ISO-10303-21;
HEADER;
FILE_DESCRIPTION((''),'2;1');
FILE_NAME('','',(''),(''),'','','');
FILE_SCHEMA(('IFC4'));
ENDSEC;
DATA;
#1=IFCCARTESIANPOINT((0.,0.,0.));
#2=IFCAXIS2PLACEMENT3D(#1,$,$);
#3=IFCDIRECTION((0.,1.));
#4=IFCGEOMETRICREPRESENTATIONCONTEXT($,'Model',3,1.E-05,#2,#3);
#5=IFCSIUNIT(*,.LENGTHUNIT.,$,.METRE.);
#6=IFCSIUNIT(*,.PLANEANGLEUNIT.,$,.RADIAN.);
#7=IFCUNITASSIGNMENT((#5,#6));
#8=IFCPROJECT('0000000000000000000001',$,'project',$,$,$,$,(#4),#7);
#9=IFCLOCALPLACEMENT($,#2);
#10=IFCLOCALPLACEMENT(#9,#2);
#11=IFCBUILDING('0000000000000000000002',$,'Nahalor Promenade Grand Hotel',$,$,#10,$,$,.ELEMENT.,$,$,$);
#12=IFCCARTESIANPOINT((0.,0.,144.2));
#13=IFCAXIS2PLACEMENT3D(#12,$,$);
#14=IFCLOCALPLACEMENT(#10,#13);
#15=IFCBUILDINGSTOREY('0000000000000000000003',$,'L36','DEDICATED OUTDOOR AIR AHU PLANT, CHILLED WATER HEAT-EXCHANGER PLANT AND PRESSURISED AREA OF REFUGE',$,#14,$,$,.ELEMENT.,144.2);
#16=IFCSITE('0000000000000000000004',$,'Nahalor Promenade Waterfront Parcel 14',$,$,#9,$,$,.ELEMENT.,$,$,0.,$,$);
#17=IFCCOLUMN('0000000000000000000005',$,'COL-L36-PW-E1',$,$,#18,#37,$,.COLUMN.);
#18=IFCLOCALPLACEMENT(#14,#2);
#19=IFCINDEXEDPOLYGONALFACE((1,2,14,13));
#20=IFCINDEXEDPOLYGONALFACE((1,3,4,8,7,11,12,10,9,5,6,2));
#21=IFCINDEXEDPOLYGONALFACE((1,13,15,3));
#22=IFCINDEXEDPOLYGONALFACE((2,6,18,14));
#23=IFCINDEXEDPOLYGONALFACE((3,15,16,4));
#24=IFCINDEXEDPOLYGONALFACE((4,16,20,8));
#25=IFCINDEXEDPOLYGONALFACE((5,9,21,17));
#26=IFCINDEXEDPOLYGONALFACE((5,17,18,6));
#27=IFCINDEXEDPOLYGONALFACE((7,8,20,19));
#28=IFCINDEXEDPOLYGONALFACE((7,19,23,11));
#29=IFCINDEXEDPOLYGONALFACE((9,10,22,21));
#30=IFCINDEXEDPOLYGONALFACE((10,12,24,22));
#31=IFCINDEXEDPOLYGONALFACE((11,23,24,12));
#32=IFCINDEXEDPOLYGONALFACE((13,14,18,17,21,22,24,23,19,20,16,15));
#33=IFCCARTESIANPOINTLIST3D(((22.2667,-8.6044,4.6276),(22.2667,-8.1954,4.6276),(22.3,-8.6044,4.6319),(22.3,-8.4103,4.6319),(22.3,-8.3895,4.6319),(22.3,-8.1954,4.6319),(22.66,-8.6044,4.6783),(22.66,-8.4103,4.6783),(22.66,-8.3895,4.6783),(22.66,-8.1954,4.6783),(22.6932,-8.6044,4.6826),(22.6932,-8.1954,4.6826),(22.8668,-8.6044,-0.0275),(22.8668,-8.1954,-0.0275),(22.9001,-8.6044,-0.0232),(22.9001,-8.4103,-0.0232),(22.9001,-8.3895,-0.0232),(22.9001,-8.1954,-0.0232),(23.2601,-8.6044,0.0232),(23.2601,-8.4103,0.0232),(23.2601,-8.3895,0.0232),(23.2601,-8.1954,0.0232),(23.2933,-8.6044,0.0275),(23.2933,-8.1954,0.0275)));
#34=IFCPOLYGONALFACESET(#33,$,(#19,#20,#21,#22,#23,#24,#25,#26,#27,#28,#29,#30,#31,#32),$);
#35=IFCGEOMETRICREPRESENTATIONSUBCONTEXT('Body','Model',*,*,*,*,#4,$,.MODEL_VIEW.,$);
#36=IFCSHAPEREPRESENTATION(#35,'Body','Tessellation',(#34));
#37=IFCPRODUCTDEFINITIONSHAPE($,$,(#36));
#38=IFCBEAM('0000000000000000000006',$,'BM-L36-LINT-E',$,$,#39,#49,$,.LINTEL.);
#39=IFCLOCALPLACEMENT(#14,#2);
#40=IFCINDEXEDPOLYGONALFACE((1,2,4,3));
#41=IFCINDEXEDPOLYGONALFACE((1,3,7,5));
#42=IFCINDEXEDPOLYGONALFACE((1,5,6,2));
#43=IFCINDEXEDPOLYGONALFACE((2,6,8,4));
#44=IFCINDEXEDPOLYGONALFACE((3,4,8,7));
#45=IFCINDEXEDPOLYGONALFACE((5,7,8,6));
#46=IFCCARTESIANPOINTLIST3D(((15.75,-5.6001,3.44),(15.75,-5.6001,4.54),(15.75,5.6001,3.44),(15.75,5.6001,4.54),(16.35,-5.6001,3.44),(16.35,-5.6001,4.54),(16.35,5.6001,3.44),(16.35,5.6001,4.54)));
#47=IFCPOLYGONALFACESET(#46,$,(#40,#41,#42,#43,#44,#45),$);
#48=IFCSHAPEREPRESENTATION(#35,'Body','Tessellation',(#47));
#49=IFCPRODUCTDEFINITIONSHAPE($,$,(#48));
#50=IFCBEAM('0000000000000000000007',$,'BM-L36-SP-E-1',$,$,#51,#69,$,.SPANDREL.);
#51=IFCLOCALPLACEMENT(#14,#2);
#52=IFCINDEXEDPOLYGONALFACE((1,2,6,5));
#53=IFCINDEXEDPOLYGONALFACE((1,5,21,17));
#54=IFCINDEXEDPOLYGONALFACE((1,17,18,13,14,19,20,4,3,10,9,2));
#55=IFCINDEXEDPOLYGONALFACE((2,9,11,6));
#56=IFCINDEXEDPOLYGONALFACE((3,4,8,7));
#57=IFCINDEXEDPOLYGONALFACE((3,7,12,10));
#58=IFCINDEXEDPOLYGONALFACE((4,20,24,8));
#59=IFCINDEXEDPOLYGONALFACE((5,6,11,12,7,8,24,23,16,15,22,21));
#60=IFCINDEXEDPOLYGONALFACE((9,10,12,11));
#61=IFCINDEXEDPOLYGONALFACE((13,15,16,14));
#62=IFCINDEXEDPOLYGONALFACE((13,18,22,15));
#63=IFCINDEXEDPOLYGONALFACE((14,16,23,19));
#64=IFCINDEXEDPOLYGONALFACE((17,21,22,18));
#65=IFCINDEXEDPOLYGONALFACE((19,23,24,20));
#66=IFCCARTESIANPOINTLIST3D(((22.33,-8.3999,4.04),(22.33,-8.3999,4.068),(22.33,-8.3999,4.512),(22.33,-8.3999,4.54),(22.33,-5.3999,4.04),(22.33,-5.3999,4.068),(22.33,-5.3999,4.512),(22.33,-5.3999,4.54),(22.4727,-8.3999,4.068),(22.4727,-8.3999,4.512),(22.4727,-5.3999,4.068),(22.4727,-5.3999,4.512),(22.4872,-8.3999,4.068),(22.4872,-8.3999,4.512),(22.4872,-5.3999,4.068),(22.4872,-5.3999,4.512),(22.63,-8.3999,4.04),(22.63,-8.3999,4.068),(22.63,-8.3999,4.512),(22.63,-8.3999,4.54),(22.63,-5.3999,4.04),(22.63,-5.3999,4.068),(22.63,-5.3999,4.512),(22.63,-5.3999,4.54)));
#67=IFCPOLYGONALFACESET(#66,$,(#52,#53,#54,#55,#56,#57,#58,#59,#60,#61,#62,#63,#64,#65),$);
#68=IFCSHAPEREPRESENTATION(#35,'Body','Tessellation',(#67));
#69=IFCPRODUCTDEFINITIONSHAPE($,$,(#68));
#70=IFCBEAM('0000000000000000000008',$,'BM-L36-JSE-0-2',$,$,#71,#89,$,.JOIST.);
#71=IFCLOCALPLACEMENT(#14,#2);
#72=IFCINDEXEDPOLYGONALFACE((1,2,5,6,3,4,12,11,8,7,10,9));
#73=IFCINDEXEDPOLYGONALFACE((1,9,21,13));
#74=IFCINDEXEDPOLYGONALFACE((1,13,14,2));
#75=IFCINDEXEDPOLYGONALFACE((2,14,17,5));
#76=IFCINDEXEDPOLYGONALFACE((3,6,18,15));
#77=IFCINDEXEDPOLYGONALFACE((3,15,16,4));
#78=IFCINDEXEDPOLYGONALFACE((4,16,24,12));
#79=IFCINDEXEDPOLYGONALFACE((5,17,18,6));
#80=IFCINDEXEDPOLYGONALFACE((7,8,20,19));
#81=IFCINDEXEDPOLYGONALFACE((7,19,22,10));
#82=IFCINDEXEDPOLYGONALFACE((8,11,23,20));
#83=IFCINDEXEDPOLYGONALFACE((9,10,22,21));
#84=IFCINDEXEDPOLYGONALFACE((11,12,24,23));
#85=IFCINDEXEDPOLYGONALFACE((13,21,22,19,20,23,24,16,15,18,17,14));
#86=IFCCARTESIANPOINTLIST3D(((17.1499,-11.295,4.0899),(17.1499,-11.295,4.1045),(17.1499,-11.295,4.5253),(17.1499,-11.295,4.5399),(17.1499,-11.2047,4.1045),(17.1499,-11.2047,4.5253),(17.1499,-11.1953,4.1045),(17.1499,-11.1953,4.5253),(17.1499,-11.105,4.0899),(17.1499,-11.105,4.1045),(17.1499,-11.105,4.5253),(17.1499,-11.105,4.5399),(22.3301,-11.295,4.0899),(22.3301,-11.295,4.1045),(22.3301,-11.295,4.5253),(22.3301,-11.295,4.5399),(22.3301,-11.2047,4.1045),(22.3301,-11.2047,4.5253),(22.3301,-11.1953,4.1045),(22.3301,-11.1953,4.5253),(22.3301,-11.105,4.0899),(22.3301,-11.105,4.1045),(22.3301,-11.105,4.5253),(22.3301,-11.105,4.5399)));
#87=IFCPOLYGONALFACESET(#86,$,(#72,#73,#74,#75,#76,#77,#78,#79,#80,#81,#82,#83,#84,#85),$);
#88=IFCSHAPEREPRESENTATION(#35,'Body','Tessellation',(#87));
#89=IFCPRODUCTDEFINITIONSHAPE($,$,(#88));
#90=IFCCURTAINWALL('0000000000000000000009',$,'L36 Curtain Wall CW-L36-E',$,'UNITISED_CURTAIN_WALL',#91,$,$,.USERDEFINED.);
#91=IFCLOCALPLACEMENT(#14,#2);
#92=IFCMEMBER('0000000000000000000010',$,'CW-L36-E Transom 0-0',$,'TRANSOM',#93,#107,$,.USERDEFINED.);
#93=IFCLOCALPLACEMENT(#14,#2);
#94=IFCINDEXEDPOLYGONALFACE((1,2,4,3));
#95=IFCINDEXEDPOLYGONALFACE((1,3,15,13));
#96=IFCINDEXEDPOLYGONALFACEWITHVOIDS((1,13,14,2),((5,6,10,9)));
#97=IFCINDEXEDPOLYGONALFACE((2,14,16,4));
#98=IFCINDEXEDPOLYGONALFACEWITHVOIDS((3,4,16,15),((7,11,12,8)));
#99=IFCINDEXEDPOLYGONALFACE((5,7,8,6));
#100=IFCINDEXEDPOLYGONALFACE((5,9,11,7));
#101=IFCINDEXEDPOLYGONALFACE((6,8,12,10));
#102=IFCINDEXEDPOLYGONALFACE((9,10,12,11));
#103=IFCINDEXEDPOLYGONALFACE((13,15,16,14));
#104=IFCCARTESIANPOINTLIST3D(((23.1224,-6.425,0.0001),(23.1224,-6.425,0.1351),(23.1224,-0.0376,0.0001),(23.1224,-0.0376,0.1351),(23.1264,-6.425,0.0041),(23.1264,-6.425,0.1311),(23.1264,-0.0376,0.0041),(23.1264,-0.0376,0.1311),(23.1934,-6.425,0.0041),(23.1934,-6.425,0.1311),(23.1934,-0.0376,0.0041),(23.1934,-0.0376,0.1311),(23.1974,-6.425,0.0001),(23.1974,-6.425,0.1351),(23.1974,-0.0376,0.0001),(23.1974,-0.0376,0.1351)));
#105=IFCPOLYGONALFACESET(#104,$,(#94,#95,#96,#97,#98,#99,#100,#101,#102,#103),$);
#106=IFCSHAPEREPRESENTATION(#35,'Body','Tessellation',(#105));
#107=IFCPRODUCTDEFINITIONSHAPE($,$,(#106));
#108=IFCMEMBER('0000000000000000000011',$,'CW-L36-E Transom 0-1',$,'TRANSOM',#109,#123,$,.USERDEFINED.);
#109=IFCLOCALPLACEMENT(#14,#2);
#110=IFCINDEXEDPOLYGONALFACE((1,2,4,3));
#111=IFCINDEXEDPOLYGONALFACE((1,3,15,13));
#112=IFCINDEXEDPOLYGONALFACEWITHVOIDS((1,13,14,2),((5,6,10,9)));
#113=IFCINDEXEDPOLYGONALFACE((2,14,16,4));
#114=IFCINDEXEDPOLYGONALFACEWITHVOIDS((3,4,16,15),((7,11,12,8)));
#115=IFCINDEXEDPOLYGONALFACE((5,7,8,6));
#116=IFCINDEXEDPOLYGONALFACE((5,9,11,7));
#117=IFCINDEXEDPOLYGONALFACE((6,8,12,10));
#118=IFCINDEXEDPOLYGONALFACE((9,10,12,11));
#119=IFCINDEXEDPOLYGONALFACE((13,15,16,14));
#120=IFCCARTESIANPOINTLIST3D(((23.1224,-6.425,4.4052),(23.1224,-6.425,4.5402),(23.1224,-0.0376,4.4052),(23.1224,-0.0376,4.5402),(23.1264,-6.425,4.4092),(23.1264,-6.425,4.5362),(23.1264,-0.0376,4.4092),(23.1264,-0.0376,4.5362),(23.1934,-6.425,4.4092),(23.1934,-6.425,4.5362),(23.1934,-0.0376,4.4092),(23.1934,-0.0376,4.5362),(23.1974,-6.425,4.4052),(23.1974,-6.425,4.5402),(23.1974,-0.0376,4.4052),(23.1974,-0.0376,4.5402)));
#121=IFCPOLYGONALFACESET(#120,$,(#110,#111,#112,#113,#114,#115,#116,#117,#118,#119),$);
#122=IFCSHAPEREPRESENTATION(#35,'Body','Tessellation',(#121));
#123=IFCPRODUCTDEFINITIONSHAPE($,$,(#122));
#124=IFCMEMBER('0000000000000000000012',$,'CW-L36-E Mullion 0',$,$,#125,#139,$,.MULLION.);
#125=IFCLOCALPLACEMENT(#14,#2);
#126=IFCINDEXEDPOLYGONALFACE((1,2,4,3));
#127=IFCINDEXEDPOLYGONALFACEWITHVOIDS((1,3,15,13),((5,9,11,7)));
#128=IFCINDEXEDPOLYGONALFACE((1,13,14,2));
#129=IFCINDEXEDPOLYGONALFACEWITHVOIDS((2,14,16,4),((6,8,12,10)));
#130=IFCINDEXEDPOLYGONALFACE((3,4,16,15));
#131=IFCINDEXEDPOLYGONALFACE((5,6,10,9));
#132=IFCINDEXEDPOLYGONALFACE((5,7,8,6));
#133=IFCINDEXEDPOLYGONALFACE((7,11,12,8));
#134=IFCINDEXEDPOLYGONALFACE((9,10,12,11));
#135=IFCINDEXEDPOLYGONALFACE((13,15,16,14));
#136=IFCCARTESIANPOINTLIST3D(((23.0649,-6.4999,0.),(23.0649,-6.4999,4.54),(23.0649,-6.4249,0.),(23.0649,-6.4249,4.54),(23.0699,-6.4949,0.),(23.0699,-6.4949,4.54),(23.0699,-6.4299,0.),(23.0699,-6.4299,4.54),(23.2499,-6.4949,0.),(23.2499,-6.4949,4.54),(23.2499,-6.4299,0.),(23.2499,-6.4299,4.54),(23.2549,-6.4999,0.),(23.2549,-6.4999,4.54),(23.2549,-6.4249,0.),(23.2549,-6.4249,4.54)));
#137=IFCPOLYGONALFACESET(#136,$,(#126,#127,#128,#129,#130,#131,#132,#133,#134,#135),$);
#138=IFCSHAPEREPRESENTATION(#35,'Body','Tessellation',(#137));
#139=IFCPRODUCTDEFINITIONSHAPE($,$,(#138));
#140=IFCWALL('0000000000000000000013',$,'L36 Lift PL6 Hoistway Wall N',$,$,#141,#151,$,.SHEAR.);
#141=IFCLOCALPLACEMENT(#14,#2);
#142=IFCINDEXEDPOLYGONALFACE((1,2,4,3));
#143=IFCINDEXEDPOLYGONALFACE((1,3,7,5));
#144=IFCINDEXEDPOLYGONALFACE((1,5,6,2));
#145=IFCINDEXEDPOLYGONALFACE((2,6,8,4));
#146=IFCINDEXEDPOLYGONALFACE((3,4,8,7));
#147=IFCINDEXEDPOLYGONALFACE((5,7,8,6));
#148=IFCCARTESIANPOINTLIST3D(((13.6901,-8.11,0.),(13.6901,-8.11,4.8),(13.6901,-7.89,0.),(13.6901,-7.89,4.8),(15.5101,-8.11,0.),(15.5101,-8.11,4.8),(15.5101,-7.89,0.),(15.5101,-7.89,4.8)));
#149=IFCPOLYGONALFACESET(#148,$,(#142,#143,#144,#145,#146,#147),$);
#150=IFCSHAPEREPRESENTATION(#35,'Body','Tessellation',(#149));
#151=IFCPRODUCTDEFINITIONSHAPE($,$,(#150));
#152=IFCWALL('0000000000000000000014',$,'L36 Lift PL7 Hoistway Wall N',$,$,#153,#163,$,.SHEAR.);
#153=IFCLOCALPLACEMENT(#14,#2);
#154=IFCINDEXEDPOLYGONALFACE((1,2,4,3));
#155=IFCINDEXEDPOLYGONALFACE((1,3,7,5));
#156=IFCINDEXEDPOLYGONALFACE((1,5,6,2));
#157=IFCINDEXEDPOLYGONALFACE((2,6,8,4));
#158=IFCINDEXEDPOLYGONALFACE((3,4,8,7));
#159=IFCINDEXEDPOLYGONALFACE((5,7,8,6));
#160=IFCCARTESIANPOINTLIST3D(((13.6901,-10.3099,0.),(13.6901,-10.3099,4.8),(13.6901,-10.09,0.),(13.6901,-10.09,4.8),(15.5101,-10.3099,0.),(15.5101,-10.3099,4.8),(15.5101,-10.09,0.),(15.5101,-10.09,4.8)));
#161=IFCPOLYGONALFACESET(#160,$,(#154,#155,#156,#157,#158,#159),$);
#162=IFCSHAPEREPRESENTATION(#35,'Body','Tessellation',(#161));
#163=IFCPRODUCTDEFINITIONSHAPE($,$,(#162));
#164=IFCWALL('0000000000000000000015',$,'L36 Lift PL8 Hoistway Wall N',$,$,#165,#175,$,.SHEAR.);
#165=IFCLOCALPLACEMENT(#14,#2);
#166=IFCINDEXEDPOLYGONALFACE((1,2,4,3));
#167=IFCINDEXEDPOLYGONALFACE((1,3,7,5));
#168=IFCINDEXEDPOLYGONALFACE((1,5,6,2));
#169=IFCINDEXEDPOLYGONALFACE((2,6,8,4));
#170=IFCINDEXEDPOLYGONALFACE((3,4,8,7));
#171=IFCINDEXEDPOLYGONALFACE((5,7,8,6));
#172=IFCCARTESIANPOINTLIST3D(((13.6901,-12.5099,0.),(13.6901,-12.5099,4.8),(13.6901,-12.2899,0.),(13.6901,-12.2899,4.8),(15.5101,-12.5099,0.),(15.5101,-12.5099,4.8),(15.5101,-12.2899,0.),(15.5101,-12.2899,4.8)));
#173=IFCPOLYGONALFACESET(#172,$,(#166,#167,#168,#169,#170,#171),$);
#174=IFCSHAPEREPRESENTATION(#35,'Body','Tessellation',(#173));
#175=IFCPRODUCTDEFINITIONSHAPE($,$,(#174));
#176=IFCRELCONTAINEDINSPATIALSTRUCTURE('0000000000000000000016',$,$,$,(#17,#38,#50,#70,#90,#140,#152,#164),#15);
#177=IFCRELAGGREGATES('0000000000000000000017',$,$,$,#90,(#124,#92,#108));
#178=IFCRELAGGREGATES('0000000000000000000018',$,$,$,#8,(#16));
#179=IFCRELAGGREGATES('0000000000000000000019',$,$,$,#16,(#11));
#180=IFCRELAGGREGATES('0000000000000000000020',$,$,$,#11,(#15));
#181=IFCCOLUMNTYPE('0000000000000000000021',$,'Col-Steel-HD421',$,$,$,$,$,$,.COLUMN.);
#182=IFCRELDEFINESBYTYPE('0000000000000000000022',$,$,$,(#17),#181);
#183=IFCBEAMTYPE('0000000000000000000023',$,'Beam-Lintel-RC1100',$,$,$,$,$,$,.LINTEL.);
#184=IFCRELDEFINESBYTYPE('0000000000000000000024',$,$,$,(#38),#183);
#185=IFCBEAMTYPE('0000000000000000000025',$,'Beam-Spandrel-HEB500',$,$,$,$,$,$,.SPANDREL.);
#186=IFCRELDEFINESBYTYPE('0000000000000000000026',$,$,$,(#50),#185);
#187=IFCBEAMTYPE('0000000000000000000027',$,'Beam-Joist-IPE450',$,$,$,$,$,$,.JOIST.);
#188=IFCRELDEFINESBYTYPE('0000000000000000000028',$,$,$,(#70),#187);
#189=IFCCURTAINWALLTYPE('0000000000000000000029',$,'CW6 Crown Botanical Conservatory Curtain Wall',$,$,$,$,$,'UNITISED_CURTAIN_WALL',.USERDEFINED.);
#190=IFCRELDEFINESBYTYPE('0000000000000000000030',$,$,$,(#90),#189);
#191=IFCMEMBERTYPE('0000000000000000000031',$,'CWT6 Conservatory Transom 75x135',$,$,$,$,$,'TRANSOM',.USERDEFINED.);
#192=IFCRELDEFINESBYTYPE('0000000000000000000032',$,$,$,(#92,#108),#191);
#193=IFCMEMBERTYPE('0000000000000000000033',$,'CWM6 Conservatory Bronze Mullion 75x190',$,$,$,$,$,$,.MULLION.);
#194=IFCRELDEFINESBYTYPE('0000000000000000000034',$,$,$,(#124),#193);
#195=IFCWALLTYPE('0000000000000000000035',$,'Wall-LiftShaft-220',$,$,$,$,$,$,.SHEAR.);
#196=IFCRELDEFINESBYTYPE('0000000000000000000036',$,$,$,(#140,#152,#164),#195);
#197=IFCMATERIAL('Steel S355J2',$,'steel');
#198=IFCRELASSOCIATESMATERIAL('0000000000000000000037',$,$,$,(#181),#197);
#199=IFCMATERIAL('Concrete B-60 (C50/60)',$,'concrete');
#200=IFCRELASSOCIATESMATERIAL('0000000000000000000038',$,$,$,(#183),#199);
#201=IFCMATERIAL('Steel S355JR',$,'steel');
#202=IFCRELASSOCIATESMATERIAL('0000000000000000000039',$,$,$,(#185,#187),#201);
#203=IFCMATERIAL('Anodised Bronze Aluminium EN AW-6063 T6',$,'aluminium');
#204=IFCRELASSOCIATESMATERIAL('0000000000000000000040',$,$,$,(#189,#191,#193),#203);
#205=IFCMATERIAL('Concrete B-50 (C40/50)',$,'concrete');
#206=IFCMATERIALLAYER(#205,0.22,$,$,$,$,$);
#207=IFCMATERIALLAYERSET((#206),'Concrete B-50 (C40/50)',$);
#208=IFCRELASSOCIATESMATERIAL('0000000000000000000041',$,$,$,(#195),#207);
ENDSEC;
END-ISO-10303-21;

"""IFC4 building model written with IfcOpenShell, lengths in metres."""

from ifc_helpers import new_model, si_unit, direction, frame, frame_2d, origin, origin_2d, place, context, subcontext, project, spatial, rectangle, hollow_rectangle, i_section, extrude, source, transform, mapped, material, layer, layer_set, material_profile, profile_set, type_object, element, aggregate, save


model = new_model("IFC4")

# Units and contexts
model_context = context("Model", 3, precision=1e-05, world=origin(), true_north=direction((0.0, 1.0)))
body_context = subcontext(model_context, "Body", "Model", "MODEL_VIEW")
ifc_project = project(units=[si_unit("LENGTHUNIT", "METRE"), si_unit("PLANEANGLEUNIT", "RADIAN")], contexts=[model_context])

# Site, building, storey
site_placement = place(None, origin())
site = spatial("IfcSite", under=ifc_project, at=site_placement, Name="Nahalor Promenade Waterfront Parcel 14", CompositionType="ELEMENT", RefElevation=0.0)
building_placement = place(site_placement, origin())
building = spatial("IfcBuilding", under=site, at=building_placement, Name="Nahalor Promenade Grand Hotel", CompositionType="ELEMENT")
storey_placement = place(building_placement, frame((0.0, 0.0, 144.2)))
storey = spatial("IfcBuildingStorey", under=building, at=storey_placement, Name="L36", Description="DEDICATED OUTDOOR AIR AHU PLANT, CHILLED WATER HEAT-EXCHANGER PLANT AND PRESSURISED AREA OF REFUGE", CompositionType="ELEMENT", Elevation=144.2)

# Column
ifc_material_1 = material(Name="Steel S355J2", Category="steel")
ifc_material_profile_1 = material_profile(ifc_material_1, i_section(OverallWidth=0.409, OverallDepth=0.43, WebThickness=0.0208, FlangeThickness=0.0335, at=origin_2d()), Name="HD 400x421")
ifc_profile_set_1 = profile_set([ifc_material_profile_1], Name="Steel S355J2")
column_type = type_object("IfcColumnType", Name="Col-Steel-HD421", PredefinedType="COLUMN", material=ifc_profile_set_1)
shared_shape_1 = source(origin(), body_context, "Body", "SweptSolid", [
    extrude(i_section(OverallWidth=0.409, OverallDepth=0.43, WebThickness=0.0208, FlangeThickness=0.0335, at=origin_2d()), origin(), (0.0, 0.0, 1.0), 4.6936),
])
column_placement = place(storey_placement, frame((23.0801, -8.3999, 0.0), z_axis=(-0.127856, 0.0, 0.991793), x_axis=(0.0, -1.0, 0.0)))
element("IfcColumn", 1, at=column_placement, inside=storey, type_object=column_type, Name="COL-L36-PW-E1", PredefinedType="COLUMN", context=body_context, shape_type="MappedRepresentation", body=[
    mapped(shared_shape_1, transform((0.0, 0.0, 0.0), scale=1.0)),
])

# Beams
ifc_material_2 = material(Name="Concrete B-60 (C50/60)", Category="concrete")
ifc_material_profile_2 = material_profile(ifc_material_2, rectangle(XDim=0.6, YDim=1.1, at=origin_2d()), Name="RC 600x1100")
ifc_profile_set_2 = profile_set([ifc_material_profile_2], Name="Concrete B-60 (C50/60)")
beam_type_1 = type_object("IfcBeamType", Name="Beam-Lintel-RC1100", PredefinedType="LINTEL", material=ifc_profile_set_2)
shared_shape_2 = source(origin(), body_context, "Body", "SweptSolid", [
    extrude(rectangle(XDim=0.6, YDim=1.1, at=origin_2d()), origin(), (0.0, 0.0, 1.0), 11.2002),
])
beam_1_placement = place(storey_placement, frame((16.05, -5.6001, 3.99), z_axis=(0.0, 1.0, 0.0), x_axis=(-1.0, 0.0, 0.0)))
element("IfcBeam", 2, at=beam_1_placement, inside=storey, type_object=beam_type_1, Name="BM-L36-LINT-E", PredefinedType="LINTEL", context=body_context, shape_type="MappedRepresentation", body=[
    mapped(shared_shape_2, transform((0.0, 0.0, 0.0), scale=1.0)),
])
ifc_material_3 = material(Name="Steel S355JR", Category="steel")
ifc_material_profile_3 = material_profile(ifc_material_3, i_section(OverallWidth=0.3, OverallDepth=0.5, WebThickness=0.0145, FlangeThickness=0.028, at=origin_2d()), Name="HEB 500")
ifc_profile_set_3 = profile_set([ifc_material_profile_3], Name="Steel S355JR")
beam_type_2 = type_object("IfcBeamType", Name="Beam-Spandrel-HEB500", PredefinedType="SPANDREL", material=ifc_profile_set_3)
shared_shape_3 = source(origin(), body_context, "Body", "SweptSolid", [
    extrude(i_section(OverallWidth=0.3, OverallDepth=0.5, WebThickness=0.0145, FlangeThickness=0.028, at=origin_2d()), origin(), (0.0, 0.0, 1.0), 3.0),
])
beam_2_placement = place(storey_placement, frame((22.48, -8.3999, 4.29), z_axis=(0.0, 1.0, 0.0), x_axis=(-1.0, 0.0, 0.0)))
element("IfcBeam", 3, at=beam_2_placement, inside=storey, type_object=beam_type_2, Name="BM-L36-SP-E-1", PredefinedType="SPANDREL", context=body_context, shape_type="MappedRepresentation", body=[
    mapped(shared_shape_3, transform((0.0, 0.0, 0.0), scale=1.0)),
])
ifc_material_profile_4 = material_profile(ifc_material_3, i_section(OverallWidth=0.19, OverallDepth=0.45, WebThickness=0.0094, FlangeThickness=0.0146, at=origin_2d()), Name="IPE 450")
ifc_profile_set_4 = profile_set([ifc_material_profile_4], Name="Steel S355JR")
beam_type_3 = type_object("IfcBeamType", Name="Beam-Joist-IPE450", PredefinedType="JOIST", material=ifc_profile_set_4)
shared_shape_4 = source(origin(), body_context, "Body", "SweptSolid", [
    extrude(i_section(OverallWidth=0.19, OverallDepth=0.45, WebThickness=0.0094, FlangeThickness=0.0146, at=origin_2d()), origin(), (0.0, 0.0, 1.0), 5.1802),
])
beam_3_placement = place(storey_placement, frame((17.1499, -11.2, 4.3149), z_axis=(1.0, 0.0, 0.0), x_axis=(0.0, 1.0, 0.0)))
element("IfcBeam", 4, at=beam_3_placement, inside=storey, type_object=beam_type_3, Name="BM-L36-JSE-0-2", PredefinedType="JOIST", context=body_context, shape_type="MappedRepresentation", body=[
    mapped(shared_shape_4, transform((0.0, 0.0, 0.0), scale=1.0)),
])

# Curtain wall, members
ifc_material_4 = material(Name="Anodised Bronze Aluminium EN AW-6063 T6", Category="aluminium")
curtain_wall_type = type_object("IfcCurtainWallType", Name="CW6 Crown Botanical Conservatory Curtain Wall", ElementType="UNITISED_CURTAIN_WALL", PredefinedType="USERDEFINED", material=ifc_material_4)
curtain_wall_placement = place(storey_placement, origin())
curtain_wall = element("IfcCurtainWall", 5, at=curtain_wall_placement, inside=storey, type_object=curtain_wall_type, Name="L36 Curtain Wall CW-L36-E", ObjectType="UNITISED_CURTAIN_WALL", PredefinedType="USERDEFINED")
ifc_material_profile_5 = material_profile(ifc_material_4, hollow_rectangle(XDim=0.075, YDim=0.135, WallThickness=0.004, at=origin_2d()), Name="CWT 75x135x4")
ifc_profile_set_5 = profile_set([ifc_material_profile_5], Name="Anodised Bronze Aluminium EN AW-6063 T6")
member_type_1 = type_object("IfcMemberType", Name="CWT6 Conservatory Transom 75x135", ElementType="TRANSOM", PredefinedType="USERDEFINED", material=ifc_profile_set_5)
shared_shape_5 = source(origin(), body_context, "Body", "SweptSolid", [
    extrude(hollow_rectangle(XDim=0.075, YDim=0.135, WallThickness=0.004, at=origin_2d()), origin(), (0.0, 0.0, 1.0), 6.3875),
])
member_1_placement = place(storey_placement, frame((23.1599, -6.425, 0.0676), z_axis=(0.0, 1.0, 0.0), x_axis=(-1.0, 0.0, 0.0)))
member_1 = element("IfcMember", 6, at=member_1_placement, type_object=member_type_1, Name="CW-L36-E Transom 0-0", ObjectType="TRANSOM", PredefinedType="USERDEFINED", context=body_context, shape_type="MappedRepresentation", body=[
    mapped(shared_shape_5, transform((0.0, 0.0, 0.0), scale=1.0)),
])
member_2_placement = place(storey_placement, frame((23.1599, -6.425, 4.4727), z_axis=(0.0, 1.0, 0.0), x_axis=(-1.0, 0.0, 0.0)))
member_2 = element("IfcMember", 7, at=member_2_placement, type_object=member_type_1, Name="CW-L36-E Transom 0-1", ObjectType="TRANSOM", PredefinedType="USERDEFINED", context=body_context, shape_type="MappedRepresentation", body=[
    mapped(shared_shape_5, transform((0.0, 0.0, 0.0), scale=1.0)),
])
ifc_material_profile_6 = material_profile(ifc_material_4, hollow_rectangle(XDim=0.075, YDim=0.19, WallThickness=0.005, at=origin_2d()), Name="CWM 75x190x5")
ifc_profile_set_6 = profile_set([ifc_material_profile_6], Name="Anodised Bronze Aluminium EN AW-6063 T6")
member_type_2 = type_object("IfcMemberType", Name="CWM6 Conservatory Bronze Mullion 75x190", PredefinedType="MULLION", material=ifc_profile_set_6)
shared_shape_6 = source(origin(), body_context, "Body", "SweptSolid", [
    extrude(hollow_rectangle(XDim=0.075, YDim=0.19, WallThickness=0.005, at=origin_2d()), origin(), (0.0, 0.0, 1.0), 4.54),
])
member_3_placement = place(storey_placement, frame((23.1599, -6.4624, 0.0), z_axis=(0.0, 0.0, 1.0), x_axis=(0.0, 1.0, 0.0)))
member_3 = element("IfcMember", 8, at=member_3_placement, type_object=member_type_2, Name="CW-L36-E Mullion 0", PredefinedType="MULLION", context=body_context, shape_type="MappedRepresentation", body=[
    mapped(shared_shape_6, transform((0.0, 0.0, 0.0), scale=1.0)),
])
aggregate(curtain_wall, [member_3, member_1, member_2])

# Walls
ifc_material_5 = material(Name="Concrete B-50 (C40/50)", Category="concrete")
ifc_layer_1 = layer(ifc_material_5, 0.22)
ifc_layer_set_1 = layer_set([ifc_layer_1], Name="Concrete B-50 (C40/50)")
wall_type_1 = type_object("IfcWallType", Name="Wall-LiftShaft-220", PredefinedType="SHEAR", material=ifc_layer_set_1)
shared_shape_7 = source(origin(), body_context, "Body", "SweptSolid", [
    extrude(rectangle(XDim=1.8201, YDim=0.22, at=frame_2d((0.9102, 0.0))), origin(), (0.0, 0.0, 1.0), 4.8),
])
for number, where, z_axis, x_axis, name in (
    (9, (13.6899, -8.0, 0.0), (0.0, 0.0, 1.0), (1.0, 0.0, 0.0), "L36 Lift PL6 Hoistway Wall N"),
    (10, (13.6899, -10.2, 0.0), (0.0, 0.0, 1.0), (1.0, 0.0, 0.0), "L36 Lift PL7 Hoistway Wall N"),
    (11, (13.6899, -12.3999, 0.0), (0.0, 0.0, 1.0), (1.0, 0.0, 0.0), "L36 Lift PL8 Hoistway Wall N"),
):
    element("IfcWall", number, at=place(storey_placement, frame(where, z_axis=z_axis, x_axis=x_axis)), inside=storey, type_object=wall_type_1, Name=name, PredefinedType="SHEAR", context=body_context, shape_type="MappedRepresentation", body=[
        mapped(shared_shape_7, transform((0.0, 0.0, 0.0), scale=1.0)),
    ])

save(model, "model.ifc")
